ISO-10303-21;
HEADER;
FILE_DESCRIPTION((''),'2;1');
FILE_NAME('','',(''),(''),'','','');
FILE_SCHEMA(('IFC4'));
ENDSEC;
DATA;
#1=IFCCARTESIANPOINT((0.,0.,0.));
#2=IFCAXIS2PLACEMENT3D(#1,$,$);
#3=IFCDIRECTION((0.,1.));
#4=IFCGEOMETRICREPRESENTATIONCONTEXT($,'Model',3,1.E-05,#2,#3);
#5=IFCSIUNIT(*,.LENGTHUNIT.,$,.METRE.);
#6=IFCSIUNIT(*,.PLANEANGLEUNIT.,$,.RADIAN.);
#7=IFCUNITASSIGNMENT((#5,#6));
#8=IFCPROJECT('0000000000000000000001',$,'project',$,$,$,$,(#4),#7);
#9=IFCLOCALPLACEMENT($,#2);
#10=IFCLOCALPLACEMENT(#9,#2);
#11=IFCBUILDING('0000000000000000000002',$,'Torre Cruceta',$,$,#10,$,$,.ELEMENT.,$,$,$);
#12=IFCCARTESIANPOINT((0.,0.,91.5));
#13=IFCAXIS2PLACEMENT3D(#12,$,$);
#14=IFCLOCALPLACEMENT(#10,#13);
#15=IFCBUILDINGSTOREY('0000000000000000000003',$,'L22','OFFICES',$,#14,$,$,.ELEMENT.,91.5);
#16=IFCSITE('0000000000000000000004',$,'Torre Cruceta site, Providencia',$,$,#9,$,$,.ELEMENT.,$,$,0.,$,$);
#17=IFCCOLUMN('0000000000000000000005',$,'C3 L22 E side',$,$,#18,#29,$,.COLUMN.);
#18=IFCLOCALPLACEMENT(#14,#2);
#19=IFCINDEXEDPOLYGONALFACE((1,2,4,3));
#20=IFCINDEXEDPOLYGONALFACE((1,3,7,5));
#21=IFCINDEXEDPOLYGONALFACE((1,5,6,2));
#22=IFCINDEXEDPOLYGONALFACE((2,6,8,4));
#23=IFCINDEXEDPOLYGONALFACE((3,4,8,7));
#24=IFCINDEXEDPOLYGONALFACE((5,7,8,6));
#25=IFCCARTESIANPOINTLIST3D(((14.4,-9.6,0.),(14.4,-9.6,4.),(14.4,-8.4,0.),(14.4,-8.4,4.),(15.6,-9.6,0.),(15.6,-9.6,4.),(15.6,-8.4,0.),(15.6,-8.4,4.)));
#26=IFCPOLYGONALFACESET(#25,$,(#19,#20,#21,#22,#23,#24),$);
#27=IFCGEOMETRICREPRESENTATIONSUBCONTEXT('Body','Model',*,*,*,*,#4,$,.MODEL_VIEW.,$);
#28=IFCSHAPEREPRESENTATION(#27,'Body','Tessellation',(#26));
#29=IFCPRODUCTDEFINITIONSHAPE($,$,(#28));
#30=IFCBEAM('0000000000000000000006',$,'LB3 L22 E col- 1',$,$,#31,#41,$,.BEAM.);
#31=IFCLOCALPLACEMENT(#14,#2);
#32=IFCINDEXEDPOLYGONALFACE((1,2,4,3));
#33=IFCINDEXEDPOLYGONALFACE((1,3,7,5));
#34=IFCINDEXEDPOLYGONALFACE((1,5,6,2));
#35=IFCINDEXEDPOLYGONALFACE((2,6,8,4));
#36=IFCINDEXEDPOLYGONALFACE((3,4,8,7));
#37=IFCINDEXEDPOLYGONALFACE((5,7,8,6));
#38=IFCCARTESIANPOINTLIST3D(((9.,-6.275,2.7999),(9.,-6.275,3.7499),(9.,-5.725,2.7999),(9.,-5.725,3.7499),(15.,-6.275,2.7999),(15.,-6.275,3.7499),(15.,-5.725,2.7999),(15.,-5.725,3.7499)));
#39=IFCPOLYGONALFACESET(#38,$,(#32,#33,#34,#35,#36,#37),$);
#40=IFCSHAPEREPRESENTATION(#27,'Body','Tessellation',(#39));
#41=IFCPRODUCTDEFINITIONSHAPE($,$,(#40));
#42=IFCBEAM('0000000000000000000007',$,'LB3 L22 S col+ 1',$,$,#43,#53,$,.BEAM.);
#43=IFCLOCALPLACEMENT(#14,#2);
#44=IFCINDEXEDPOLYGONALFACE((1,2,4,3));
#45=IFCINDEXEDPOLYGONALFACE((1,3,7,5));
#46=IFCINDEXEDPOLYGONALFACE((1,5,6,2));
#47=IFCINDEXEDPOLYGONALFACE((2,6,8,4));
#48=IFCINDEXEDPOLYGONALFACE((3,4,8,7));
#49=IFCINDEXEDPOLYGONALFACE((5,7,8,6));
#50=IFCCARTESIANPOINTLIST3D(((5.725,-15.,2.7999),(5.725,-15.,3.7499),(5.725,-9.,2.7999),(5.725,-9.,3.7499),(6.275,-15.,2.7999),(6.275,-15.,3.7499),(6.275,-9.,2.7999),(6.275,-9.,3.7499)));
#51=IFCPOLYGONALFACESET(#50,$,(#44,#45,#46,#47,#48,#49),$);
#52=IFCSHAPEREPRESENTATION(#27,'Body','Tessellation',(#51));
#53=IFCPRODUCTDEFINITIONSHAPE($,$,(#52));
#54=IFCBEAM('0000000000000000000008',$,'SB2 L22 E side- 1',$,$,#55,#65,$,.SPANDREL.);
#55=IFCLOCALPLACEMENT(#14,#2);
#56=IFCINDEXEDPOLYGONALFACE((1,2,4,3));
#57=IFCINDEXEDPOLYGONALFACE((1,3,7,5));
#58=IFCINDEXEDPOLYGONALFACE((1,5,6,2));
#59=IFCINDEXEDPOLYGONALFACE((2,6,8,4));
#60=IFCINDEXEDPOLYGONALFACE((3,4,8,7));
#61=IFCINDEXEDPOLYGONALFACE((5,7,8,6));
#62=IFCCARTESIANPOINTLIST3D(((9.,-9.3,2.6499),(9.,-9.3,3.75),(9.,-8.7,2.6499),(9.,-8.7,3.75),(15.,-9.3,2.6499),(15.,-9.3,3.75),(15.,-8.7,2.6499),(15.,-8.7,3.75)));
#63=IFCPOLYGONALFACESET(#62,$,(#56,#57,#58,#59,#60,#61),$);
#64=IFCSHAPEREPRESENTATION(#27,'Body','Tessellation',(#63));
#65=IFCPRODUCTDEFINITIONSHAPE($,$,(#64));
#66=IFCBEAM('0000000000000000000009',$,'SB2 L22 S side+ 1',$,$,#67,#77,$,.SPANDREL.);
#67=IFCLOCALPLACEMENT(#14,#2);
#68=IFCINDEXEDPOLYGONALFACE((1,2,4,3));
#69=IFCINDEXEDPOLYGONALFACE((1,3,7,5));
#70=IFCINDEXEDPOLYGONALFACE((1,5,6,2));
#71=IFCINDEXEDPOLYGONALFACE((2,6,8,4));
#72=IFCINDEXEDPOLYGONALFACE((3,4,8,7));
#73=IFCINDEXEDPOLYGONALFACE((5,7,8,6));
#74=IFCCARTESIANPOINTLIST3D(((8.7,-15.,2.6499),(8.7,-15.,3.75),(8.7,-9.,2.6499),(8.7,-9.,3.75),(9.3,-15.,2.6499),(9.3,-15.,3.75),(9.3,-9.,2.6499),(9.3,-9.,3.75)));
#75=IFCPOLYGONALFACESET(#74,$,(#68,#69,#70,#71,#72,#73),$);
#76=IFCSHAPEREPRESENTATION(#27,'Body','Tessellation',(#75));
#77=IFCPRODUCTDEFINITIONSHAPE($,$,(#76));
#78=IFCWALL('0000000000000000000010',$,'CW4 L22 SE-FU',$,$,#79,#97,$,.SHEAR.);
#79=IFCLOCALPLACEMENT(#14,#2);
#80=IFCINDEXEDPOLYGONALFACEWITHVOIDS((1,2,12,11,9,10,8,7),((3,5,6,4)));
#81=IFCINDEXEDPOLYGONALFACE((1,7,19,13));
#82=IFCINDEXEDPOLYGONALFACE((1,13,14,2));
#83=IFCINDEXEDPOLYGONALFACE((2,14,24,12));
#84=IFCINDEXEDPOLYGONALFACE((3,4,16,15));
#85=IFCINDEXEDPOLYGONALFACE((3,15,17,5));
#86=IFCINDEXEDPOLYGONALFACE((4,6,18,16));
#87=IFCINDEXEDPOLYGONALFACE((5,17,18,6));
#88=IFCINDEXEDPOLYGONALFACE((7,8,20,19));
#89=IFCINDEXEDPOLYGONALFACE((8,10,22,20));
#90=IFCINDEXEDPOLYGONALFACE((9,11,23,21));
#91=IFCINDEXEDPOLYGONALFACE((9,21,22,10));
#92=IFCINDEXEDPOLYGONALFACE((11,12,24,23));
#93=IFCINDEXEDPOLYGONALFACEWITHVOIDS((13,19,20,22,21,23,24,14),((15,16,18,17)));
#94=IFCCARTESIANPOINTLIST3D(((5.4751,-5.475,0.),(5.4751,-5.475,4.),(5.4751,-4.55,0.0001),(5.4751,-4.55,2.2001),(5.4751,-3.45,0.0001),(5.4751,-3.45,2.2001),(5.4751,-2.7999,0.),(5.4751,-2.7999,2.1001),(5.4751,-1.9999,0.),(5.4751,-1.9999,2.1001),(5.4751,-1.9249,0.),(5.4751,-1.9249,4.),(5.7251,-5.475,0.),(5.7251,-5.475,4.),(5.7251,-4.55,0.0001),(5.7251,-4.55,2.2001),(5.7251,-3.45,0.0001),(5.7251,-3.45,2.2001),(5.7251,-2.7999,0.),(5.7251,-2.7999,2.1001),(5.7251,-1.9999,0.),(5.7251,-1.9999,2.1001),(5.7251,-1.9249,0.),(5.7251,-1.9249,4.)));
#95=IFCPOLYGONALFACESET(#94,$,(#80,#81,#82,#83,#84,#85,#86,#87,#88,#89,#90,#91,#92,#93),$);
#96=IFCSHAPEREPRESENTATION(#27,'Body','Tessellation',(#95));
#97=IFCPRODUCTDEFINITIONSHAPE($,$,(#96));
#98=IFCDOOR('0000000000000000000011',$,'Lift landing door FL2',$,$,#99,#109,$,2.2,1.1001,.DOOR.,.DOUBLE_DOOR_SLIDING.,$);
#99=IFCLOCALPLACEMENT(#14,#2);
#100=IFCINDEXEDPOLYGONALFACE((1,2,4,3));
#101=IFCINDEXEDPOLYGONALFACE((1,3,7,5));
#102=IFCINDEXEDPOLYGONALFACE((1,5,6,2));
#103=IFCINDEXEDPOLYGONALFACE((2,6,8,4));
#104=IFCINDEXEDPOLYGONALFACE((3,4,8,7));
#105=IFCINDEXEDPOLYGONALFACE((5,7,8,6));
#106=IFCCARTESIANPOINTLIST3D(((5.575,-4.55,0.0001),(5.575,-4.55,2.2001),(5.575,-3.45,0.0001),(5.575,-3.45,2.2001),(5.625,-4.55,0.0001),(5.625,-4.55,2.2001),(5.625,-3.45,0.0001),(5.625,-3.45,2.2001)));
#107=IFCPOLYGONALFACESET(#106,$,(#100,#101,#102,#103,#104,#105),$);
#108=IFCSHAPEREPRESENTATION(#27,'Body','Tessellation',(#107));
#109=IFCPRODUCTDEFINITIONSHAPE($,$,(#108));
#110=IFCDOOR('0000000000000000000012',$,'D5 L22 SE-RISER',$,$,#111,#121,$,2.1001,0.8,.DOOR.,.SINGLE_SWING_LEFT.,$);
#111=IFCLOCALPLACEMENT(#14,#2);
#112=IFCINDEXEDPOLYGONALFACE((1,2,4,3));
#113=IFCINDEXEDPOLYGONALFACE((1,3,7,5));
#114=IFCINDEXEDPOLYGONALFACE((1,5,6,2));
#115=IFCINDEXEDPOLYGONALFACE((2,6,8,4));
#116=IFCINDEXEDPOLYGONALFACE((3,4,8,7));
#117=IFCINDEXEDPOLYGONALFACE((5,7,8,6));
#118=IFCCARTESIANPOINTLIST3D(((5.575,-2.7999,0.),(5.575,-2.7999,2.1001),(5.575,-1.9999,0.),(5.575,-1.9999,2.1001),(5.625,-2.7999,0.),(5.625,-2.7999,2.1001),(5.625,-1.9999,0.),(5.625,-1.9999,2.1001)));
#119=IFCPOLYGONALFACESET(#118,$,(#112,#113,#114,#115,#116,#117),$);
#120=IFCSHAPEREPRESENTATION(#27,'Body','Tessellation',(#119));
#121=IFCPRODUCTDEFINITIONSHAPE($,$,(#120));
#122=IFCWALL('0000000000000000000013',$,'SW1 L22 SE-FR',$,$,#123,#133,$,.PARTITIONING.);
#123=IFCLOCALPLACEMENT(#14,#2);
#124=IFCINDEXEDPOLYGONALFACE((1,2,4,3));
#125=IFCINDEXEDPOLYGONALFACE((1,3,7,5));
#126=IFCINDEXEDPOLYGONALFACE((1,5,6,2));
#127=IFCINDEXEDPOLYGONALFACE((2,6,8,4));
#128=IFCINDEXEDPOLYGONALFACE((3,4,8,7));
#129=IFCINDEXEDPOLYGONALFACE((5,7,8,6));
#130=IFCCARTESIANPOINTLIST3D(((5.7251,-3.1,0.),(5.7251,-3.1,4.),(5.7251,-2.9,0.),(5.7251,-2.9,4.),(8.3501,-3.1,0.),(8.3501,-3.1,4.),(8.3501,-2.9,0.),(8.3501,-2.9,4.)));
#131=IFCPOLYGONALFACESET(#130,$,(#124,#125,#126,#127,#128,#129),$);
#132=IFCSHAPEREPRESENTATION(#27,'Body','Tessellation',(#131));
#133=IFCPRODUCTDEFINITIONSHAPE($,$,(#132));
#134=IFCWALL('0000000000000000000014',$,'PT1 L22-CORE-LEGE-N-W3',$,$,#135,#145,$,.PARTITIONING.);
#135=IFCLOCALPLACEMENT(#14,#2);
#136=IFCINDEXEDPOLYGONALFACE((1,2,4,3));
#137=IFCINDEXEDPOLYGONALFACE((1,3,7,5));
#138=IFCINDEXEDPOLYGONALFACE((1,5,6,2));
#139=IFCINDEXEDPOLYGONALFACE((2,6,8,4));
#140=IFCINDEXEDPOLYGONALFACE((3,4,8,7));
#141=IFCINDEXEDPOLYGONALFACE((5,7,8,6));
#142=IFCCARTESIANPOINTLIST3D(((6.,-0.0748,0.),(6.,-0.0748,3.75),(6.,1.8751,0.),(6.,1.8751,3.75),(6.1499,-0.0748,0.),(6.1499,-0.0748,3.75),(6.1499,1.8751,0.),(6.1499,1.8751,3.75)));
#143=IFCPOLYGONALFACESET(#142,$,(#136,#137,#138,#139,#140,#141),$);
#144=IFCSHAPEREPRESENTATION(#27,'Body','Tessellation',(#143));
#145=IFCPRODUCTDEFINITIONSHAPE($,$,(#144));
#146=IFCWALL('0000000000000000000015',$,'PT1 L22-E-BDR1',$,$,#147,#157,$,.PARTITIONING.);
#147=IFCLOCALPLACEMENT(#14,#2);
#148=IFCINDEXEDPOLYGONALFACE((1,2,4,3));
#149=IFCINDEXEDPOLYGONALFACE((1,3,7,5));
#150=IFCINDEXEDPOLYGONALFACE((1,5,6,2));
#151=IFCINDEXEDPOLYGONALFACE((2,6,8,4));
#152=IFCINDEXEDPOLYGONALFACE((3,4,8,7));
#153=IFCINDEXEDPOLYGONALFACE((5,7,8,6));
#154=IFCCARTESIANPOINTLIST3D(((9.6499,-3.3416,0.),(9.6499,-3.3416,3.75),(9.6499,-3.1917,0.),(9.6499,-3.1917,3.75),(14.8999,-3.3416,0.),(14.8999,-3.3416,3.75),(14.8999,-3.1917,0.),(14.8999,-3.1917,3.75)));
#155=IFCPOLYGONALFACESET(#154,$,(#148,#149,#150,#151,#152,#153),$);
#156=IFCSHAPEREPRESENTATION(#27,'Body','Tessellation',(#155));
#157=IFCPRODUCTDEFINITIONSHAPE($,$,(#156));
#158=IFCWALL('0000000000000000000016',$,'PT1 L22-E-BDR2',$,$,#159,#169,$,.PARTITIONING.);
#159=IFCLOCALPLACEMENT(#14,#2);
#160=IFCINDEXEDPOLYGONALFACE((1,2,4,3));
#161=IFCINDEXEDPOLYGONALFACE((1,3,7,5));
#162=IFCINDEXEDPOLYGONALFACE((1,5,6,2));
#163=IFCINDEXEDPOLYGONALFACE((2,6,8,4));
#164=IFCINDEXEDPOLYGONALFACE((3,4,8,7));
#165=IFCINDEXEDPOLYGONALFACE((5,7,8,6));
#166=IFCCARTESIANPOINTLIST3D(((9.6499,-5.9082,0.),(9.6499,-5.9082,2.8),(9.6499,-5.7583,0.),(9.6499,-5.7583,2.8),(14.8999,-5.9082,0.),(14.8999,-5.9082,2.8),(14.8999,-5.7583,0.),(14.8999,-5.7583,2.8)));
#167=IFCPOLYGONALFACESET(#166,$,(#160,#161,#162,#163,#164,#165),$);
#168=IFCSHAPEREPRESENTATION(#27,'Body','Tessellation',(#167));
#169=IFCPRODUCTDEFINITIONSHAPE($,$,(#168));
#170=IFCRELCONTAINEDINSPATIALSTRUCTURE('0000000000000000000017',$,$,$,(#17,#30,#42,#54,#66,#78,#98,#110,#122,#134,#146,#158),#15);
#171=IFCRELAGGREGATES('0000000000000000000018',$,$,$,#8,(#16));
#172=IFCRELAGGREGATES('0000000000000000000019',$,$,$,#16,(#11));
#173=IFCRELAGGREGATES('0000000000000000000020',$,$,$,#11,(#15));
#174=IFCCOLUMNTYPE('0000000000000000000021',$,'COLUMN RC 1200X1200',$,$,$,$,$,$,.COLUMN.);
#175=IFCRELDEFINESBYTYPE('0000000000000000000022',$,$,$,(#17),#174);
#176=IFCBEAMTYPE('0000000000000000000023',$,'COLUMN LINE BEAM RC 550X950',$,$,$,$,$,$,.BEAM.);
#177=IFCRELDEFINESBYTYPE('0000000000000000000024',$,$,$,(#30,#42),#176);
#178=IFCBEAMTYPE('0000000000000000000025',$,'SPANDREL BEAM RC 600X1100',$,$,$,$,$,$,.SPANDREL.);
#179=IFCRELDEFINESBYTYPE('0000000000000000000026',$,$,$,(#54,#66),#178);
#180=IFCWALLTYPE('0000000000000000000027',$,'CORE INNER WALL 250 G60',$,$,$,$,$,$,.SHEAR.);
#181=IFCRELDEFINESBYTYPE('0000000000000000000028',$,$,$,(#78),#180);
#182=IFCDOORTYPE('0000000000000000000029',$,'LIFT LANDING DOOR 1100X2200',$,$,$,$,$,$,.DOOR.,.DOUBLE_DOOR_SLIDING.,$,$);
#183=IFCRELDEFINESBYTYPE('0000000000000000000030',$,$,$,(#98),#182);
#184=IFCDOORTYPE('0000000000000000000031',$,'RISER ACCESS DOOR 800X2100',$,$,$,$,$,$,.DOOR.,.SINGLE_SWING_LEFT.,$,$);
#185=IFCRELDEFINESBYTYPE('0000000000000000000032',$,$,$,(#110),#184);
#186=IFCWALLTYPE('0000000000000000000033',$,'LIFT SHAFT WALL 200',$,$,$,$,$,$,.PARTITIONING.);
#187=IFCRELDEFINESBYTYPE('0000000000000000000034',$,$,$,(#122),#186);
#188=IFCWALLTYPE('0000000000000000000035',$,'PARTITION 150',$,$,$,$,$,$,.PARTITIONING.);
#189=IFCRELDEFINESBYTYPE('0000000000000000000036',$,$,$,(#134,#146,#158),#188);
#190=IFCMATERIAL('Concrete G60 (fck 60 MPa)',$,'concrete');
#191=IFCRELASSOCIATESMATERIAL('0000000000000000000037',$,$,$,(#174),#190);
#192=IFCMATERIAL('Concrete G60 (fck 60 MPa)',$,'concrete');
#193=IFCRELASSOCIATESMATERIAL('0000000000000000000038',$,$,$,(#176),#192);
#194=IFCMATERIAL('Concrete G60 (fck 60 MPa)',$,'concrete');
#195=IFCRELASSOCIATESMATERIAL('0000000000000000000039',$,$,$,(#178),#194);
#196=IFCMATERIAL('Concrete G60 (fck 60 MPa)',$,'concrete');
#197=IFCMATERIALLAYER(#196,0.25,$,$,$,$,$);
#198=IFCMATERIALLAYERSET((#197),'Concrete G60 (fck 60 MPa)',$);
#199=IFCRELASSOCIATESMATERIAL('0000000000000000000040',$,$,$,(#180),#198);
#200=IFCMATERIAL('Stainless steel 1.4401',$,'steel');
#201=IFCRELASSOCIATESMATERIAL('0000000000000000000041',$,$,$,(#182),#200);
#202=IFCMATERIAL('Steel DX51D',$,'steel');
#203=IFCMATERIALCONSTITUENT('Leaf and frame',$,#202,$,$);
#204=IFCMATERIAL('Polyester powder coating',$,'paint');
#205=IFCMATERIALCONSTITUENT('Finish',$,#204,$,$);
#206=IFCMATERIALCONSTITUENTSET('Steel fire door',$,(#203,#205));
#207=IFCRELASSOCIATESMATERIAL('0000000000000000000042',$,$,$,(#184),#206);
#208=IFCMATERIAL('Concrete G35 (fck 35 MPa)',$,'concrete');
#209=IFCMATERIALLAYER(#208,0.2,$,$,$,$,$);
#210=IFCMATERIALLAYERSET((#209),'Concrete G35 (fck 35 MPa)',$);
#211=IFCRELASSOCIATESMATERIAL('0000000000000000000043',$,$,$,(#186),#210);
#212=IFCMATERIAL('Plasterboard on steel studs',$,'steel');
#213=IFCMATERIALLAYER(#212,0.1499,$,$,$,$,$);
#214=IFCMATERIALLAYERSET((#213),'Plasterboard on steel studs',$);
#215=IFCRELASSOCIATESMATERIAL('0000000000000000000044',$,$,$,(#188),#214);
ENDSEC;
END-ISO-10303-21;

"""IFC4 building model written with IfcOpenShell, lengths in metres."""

from ifc_helpers import new_model, si_unit, direction, frame, frame_2d, origin, origin_2d, place, context, subcontext, project, spatial, rectangle, extrude, material, layer, layer_set, constituent, constituent_set, material_profile, profile_set, type_object, element, fill, save


model = new_model("IFC4")

# Units and contexts
model_context = context("Model", 3, precision=1e-05, world=origin(), true_north=direction((0.0, 1.0)))
body_context = subcontext(model_context, "Body", "Model", "MODEL_VIEW")
ifc_project = project(units=[si_unit("LENGTHUNIT", "METRE"), si_unit("PLANEANGLEUNIT", "RADIAN")], contexts=[model_context])

# Site, building, storey
site_placement = place(None, origin())
site = spatial("IfcSite", under=ifc_project, at=site_placement, Name="Torre Cruceta site, Providencia", CompositionType="ELEMENT", RefElevation=0.0)
building_placement = place(site_placement, origin())
building = spatial("IfcBuilding", under=site, at=building_placement, Name="Torre Cruceta", CompositionType="ELEMENT")
storey_placement = place(building_placement, frame((0.0, 0.0, 91.5)))
storey = spatial("IfcBuildingStorey", under=building, at=storey_placement, Name="L22", Description="OFFICES", CompositionType="ELEMENT", Elevation=91.5)

# Column
ifc_material_1 = material(Name="Concrete G60 (fck 60 MPa)", Category="concrete")
ifc_material_profile_1 = material_profile(ifc_material_1, rectangle(XDim=1.2, YDim=1.2, at=origin_2d()), Name="RC 1200X1200")
ifc_profile_set_1 = profile_set([ifc_material_profile_1], Name="Concrete G60 (fck 60 MPa)")
column_type = type_object("IfcColumnType", Name="COLUMN RC 1200X1200", PredefinedType="COLUMN", material=ifc_profile_set_1)
column_placement = place(storey_placement, frame((15.0, -9.0, 0.0), z_axis=(0.0, 0.0, 1.0), x_axis=(1.0, 0.0, 0.0)))
element("IfcColumn", 1, at=column_placement, inside=storey, type_object=column_type, Name="C3 L22 E side", PredefinedType="COLUMN", context=body_context, shape_type="SweptSolid", body=[
    extrude(rectangle(XDim=1.2, YDim=1.2, at=origin_2d()), origin(), (0.0, 0.0, 1.0), 4.0),
])

# Beams
ifc_material_2 = material(Name="Concrete G60 (fck 60 MPa)", Category="concrete")
ifc_material_profile_2 = material_profile(ifc_material_2, rectangle(XDim=0.55, YDim=0.95, at=origin_2d()), Name="RC 550X950")
ifc_profile_set_2 = profile_set([ifc_material_profile_2], Name="Concrete G60 (fck 60 MPa)")
beam_type_1 = type_object("IfcBeamType", Name="COLUMN LINE BEAM RC 550X950", PredefinedType="BEAM", material=ifc_profile_set_2)
for number, where, z_axis, x_axis, name in (
    (2, (9.0, -6.0, 3.2749), (1.0, 0.0, 0.0), (0.0, 1.0, 0.0), "LB3 L22 E col- 1"),
    (3, (6.0, -9.0, 3.2749), (0.0, -1.0, 0.0), (1.0, 0.0, 0.0), "LB3 L22 S col+ 1"),
):
    element("IfcBeam", number, at=place(storey_placement, frame(where, z_axis=z_axis, x_axis=x_axis)), inside=storey, type_object=beam_type_1, Name=name, PredefinedType="BEAM", context=body_context, shape_type="SweptSolid", body=[
        extrude(rectangle(XDim=0.55, YDim=0.95, at=origin_2d()), origin(), (0.0, 0.0, 1.0), 6.0),
    ])
ifc_material_3 = material(Name="Concrete G60 (fck 60 MPa)", Category="concrete")
ifc_material_profile_3 = material_profile(ifc_material_3, rectangle(XDim=0.6001, YDim=1.1001, at=origin_2d()), Name="RC 600X1100")
ifc_profile_set_3 = profile_set([ifc_material_profile_3], Name="Concrete G60 (fck 60 MPa)")
beam_type_2 = type_object("IfcBeamType", Name="SPANDREL BEAM RC 600X1100", PredefinedType="SPANDREL", material=ifc_profile_set_3)
for number, where, z_axis, x_axis, name in (
    (4, (9.0, -9.0, 3.2), (1.0, 0.0, 0.0), (0.0, 1.0, 0.0), "SB2 L22 E side- 1"),
    (5, (9.0, -9.0, 3.2), (0.0, -1.0, 0.0), (1.0, 0.0, 0.0), "SB2 L22 S side+ 1"),
):
    element("IfcBeam", number, at=place(storey_placement, frame(where, z_axis=z_axis, x_axis=x_axis)), inside=storey, type_object=beam_type_2, Name=name, PredefinedType="SPANDREL", context=body_context, shape_type="SweptSolid", body=[
        extrude(rectangle(XDim=0.6001, YDim=1.1001, at=origin_2d()), origin(), (0.0, 0.0, 1.0), 6.0),
    ])

# Wall, openings, doors
ifc_material_4 = material(Name="Concrete G60 (fck 60 MPa)", Category="concrete")
ifc_layer_1 = layer(ifc_material_4, 0.25)
ifc_layer_set_1 = layer_set([ifc_layer_1], Name="Concrete G60 (fck 60 MPa)")
wall_type_1 = type_object("IfcWallType", Name="CORE INNER WALL 250 G60", PredefinedType="SHEAR", material=ifc_layer_set_1)
wall_1_placement = place(storey_placement, frame((5.6001, -1.925, 0.0), z_axis=(0.0, 0.0, 1.0), x_axis=(0.0, -1.0, 0.0)))
wall_1 = element("IfcWall", 6, at=wall_1_placement, inside=storey, type_object=wall_type_1, Name="CW4 L22 SE-FU", PredefinedType="SHEAR", context=body_context, shape_type="SweptSolid", body=[
    extrude(rectangle(XDim=3.55, YDim=0.25, at=frame_2d((1.7749, 0.0))), origin(), (0.0, 0.0, 1.0), 4.0),
])
opening_1_placement = place(wall_1_placement, frame((1.5249, 0.0, 0.0)))
opening_1 = element("IfcOpeningElement", 7, at=opening_1_placement, cuts=wall_1, PredefinedType="OPENING", context=body_context, shape_type="SweptSolid", body=[
    extrude(rectangle(XDim=1.1001, YDim=2.2, at=frame_2d((0.55, 1.1001))), frame((0.0, 0.135, 0.0), z_axis=(0.0, -1.0, 0.0), x_axis=(1.0, 0.0, 0.0)), (0.0, 0.0, 1.0), 0.27),
])
opening_2_placement = place(wall_1_placement, frame((0.075, 0.0, 0.0)))
opening_2 = element("IfcOpeningElement", 8, at=opening_2_placement, cuts=wall_1, PredefinedType="OPENING", context=body_context, shape_type="SweptSolid", body=[
    extrude(rectangle(XDim=0.8, YDim=2.1001, at=frame_2d((0.3999, 1.05))), frame((0.0, 0.135, 0.0), z_axis=(0.0, -1.0, 0.0), x_axis=(1.0, 0.0, 0.0)), (0.0, 0.0, 1.0), 0.27),
])
ifc_material_5 = material(Name="Stainless steel 1.4401", Category="steel")
door_type_1 = type_object("IfcDoorType", Name="LIFT LANDING DOOR 1100X2200", OperationType="DOUBLE_DOOR_SLIDING", PredefinedType="DOOR", material=ifc_material_5)
door_1_placement = place(opening_1_placement, origin())
door_1 = element("IfcDoor", 9, at=door_1_placement, inside=storey, type_object=door_type_1, Name="Lift landing door FL2", OperationType="DOUBLE_DOOR_SLIDING", OverallHeight=2.2, OverallWidth=1.1001, PredefinedType="DOOR", context=body_context, shape_type="SweptSolid", body=[
    extrude(rectangle(XDim=1.1001, YDim=2.2, at=frame_2d((0.55, 1.1001))), frame((0.0, 0.0249, 0.0), z_axis=(0.0, -1.0, 0.0), x_axis=(1.0, 0.0, 0.0)), (0.0, 0.0, 1.0), 0.05),
])
fill(opening_1, door_1)
ifc_material_6 = material(Name="Steel DX51D", Category="steel")
ifc_constituent_1 = constituent(ifc_material_6, Name="Leaf and frame")
ifc_material_7 = material(Name="Polyester powder coating", Category="paint")
ifc_constituent_2 = constituent(ifc_material_7, Name="Finish")
ifc_constituent_set_1 = constituent_set(constituents=[ifc_constituent_1, ifc_constituent_2], Name="Steel fire door")
door_type_2 = type_object("IfcDoorType", Name="RISER ACCESS DOOR 800X2100", OperationType="SINGLE_SWING_LEFT", PredefinedType="DOOR", material=ifc_constituent_set_1)
door_2_placement = place(opening_2_placement, origin())
door_2 = element("IfcDoor", 10, at=door_2_placement, inside=storey, type_object=door_type_2, Name="D5 L22 SE-RISER", OperationType="SINGLE_SWING_LEFT", OverallHeight=2.1001, OverallWidth=0.8, PredefinedType="DOOR", context=body_context, shape_type="SweptSolid", body=[
    extrude(rectangle(XDim=0.8, YDim=2.1001, at=frame_2d((0.3999, 1.05))), frame((0.0, 0.0249, 0.0), z_axis=(0.0, -1.0, 0.0), x_axis=(1.0, 0.0, 0.0)), (0.0, 0.0, 1.0), 0.05),
])
fill(opening_2, door_2)

# Walls
ifc_material_8 = material(Name="Concrete G35 (fck 35 MPa)", Category="concrete")
ifc_layer_2 = layer(ifc_material_8, 0.2)
ifc_layer_set_2 = layer_set([ifc_layer_2], Name="Concrete G35 (fck 35 MPa)")
wall_type_2 = type_object("IfcWallType", Name="LIFT SHAFT WALL 200", PredefinedType="PARTITIONING", material=ifc_layer_set_2)
wall_2_placement = place(storey_placement, frame((5.7251, -3.0, 0.0), z_axis=(0.0, 0.0, 1.0), x_axis=(1.0, 0.0, 0.0)))
element("IfcWall", 11, at=wall_2_placement, inside=storey, type_object=wall_type_2, Name="SW1 L22 SE-FR", PredefinedType="PARTITIONING", context=body_context, shape_type="SweptSolid", body=[
    extrude(rectangle(XDim=2.625, YDim=0.2, at=frame_2d((1.3125, 0.0))), origin(), (0.0, 0.0, 1.0), 4.0),
])
ifc_material_9 = material(Name="Plasterboard on steel studs", Category="steel")
ifc_layer_3 = layer(ifc_material_9, 0.1499)
ifc_layer_set_3 = layer_set([ifc_layer_3], Name="Plasterboard on steel studs")
wall_type_3 = type_object("IfcWallType", Name="PARTITION 150", PredefinedType="PARTITIONING", material=ifc_layer_set_3)
wall_3_placement = place(storey_placement, frame((6.075, -0.075, 0.0), z_axis=(0.0, 0.0, 1.0), x_axis=(0.0, 1.0, 0.0)))
element("IfcWall", 12, at=wall_3_placement, inside=storey, type_object=wall_type_3, Name="PT1 L22-CORE-LEGE-N-W3", PredefinedType="PARTITIONING", context=body_context, shape_type="SweptSolid", body=[
    extrude(rectangle(XDim=1.95, YDim=0.1499, at=frame_2d((0.9751, 0.0))), origin(), (0.0, 0.0, 1.0), 3.75),
])
wall_4_placement = place(storey_placement, frame((9.6499, -3.2666, 0.0), z_axis=(0.0, 0.0, 1.0), x_axis=(1.0, 0.0, 0.0)))
element("IfcWall", 13, at=wall_4_placement, inside=storey, type_object=wall_type_3, Name="PT1 L22-E-BDR1", PredefinedType="PARTITIONING", context=body_context, shape_type="SweptSolid", body=[
    extrude(rectangle(XDim=5.25, YDim=0.1499, at=frame_2d((2.625, 0.0))), origin(), (0.0, 0.0, 1.0), 3.75),
])
wall_5_placement = place(storey_placement, frame((9.6499, -5.8333, 0.0), z_axis=(0.0, 0.0, 1.0), x_axis=(1.0, 0.0, 0.0)))
element("IfcWall", 14, at=wall_5_placement, inside=storey, type_object=wall_type_3, Name="PT1 L22-E-BDR2", PredefinedType="PARTITIONING", context=body_context, shape_type="SweptSolid", body=[
    extrude(rectangle(XDim=5.25, YDim=0.1499, at=frame_2d((2.625, 0.0))), origin(), (0.0, 0.0, 1.0), 2.8),
])

save(model, "model.ifc")
